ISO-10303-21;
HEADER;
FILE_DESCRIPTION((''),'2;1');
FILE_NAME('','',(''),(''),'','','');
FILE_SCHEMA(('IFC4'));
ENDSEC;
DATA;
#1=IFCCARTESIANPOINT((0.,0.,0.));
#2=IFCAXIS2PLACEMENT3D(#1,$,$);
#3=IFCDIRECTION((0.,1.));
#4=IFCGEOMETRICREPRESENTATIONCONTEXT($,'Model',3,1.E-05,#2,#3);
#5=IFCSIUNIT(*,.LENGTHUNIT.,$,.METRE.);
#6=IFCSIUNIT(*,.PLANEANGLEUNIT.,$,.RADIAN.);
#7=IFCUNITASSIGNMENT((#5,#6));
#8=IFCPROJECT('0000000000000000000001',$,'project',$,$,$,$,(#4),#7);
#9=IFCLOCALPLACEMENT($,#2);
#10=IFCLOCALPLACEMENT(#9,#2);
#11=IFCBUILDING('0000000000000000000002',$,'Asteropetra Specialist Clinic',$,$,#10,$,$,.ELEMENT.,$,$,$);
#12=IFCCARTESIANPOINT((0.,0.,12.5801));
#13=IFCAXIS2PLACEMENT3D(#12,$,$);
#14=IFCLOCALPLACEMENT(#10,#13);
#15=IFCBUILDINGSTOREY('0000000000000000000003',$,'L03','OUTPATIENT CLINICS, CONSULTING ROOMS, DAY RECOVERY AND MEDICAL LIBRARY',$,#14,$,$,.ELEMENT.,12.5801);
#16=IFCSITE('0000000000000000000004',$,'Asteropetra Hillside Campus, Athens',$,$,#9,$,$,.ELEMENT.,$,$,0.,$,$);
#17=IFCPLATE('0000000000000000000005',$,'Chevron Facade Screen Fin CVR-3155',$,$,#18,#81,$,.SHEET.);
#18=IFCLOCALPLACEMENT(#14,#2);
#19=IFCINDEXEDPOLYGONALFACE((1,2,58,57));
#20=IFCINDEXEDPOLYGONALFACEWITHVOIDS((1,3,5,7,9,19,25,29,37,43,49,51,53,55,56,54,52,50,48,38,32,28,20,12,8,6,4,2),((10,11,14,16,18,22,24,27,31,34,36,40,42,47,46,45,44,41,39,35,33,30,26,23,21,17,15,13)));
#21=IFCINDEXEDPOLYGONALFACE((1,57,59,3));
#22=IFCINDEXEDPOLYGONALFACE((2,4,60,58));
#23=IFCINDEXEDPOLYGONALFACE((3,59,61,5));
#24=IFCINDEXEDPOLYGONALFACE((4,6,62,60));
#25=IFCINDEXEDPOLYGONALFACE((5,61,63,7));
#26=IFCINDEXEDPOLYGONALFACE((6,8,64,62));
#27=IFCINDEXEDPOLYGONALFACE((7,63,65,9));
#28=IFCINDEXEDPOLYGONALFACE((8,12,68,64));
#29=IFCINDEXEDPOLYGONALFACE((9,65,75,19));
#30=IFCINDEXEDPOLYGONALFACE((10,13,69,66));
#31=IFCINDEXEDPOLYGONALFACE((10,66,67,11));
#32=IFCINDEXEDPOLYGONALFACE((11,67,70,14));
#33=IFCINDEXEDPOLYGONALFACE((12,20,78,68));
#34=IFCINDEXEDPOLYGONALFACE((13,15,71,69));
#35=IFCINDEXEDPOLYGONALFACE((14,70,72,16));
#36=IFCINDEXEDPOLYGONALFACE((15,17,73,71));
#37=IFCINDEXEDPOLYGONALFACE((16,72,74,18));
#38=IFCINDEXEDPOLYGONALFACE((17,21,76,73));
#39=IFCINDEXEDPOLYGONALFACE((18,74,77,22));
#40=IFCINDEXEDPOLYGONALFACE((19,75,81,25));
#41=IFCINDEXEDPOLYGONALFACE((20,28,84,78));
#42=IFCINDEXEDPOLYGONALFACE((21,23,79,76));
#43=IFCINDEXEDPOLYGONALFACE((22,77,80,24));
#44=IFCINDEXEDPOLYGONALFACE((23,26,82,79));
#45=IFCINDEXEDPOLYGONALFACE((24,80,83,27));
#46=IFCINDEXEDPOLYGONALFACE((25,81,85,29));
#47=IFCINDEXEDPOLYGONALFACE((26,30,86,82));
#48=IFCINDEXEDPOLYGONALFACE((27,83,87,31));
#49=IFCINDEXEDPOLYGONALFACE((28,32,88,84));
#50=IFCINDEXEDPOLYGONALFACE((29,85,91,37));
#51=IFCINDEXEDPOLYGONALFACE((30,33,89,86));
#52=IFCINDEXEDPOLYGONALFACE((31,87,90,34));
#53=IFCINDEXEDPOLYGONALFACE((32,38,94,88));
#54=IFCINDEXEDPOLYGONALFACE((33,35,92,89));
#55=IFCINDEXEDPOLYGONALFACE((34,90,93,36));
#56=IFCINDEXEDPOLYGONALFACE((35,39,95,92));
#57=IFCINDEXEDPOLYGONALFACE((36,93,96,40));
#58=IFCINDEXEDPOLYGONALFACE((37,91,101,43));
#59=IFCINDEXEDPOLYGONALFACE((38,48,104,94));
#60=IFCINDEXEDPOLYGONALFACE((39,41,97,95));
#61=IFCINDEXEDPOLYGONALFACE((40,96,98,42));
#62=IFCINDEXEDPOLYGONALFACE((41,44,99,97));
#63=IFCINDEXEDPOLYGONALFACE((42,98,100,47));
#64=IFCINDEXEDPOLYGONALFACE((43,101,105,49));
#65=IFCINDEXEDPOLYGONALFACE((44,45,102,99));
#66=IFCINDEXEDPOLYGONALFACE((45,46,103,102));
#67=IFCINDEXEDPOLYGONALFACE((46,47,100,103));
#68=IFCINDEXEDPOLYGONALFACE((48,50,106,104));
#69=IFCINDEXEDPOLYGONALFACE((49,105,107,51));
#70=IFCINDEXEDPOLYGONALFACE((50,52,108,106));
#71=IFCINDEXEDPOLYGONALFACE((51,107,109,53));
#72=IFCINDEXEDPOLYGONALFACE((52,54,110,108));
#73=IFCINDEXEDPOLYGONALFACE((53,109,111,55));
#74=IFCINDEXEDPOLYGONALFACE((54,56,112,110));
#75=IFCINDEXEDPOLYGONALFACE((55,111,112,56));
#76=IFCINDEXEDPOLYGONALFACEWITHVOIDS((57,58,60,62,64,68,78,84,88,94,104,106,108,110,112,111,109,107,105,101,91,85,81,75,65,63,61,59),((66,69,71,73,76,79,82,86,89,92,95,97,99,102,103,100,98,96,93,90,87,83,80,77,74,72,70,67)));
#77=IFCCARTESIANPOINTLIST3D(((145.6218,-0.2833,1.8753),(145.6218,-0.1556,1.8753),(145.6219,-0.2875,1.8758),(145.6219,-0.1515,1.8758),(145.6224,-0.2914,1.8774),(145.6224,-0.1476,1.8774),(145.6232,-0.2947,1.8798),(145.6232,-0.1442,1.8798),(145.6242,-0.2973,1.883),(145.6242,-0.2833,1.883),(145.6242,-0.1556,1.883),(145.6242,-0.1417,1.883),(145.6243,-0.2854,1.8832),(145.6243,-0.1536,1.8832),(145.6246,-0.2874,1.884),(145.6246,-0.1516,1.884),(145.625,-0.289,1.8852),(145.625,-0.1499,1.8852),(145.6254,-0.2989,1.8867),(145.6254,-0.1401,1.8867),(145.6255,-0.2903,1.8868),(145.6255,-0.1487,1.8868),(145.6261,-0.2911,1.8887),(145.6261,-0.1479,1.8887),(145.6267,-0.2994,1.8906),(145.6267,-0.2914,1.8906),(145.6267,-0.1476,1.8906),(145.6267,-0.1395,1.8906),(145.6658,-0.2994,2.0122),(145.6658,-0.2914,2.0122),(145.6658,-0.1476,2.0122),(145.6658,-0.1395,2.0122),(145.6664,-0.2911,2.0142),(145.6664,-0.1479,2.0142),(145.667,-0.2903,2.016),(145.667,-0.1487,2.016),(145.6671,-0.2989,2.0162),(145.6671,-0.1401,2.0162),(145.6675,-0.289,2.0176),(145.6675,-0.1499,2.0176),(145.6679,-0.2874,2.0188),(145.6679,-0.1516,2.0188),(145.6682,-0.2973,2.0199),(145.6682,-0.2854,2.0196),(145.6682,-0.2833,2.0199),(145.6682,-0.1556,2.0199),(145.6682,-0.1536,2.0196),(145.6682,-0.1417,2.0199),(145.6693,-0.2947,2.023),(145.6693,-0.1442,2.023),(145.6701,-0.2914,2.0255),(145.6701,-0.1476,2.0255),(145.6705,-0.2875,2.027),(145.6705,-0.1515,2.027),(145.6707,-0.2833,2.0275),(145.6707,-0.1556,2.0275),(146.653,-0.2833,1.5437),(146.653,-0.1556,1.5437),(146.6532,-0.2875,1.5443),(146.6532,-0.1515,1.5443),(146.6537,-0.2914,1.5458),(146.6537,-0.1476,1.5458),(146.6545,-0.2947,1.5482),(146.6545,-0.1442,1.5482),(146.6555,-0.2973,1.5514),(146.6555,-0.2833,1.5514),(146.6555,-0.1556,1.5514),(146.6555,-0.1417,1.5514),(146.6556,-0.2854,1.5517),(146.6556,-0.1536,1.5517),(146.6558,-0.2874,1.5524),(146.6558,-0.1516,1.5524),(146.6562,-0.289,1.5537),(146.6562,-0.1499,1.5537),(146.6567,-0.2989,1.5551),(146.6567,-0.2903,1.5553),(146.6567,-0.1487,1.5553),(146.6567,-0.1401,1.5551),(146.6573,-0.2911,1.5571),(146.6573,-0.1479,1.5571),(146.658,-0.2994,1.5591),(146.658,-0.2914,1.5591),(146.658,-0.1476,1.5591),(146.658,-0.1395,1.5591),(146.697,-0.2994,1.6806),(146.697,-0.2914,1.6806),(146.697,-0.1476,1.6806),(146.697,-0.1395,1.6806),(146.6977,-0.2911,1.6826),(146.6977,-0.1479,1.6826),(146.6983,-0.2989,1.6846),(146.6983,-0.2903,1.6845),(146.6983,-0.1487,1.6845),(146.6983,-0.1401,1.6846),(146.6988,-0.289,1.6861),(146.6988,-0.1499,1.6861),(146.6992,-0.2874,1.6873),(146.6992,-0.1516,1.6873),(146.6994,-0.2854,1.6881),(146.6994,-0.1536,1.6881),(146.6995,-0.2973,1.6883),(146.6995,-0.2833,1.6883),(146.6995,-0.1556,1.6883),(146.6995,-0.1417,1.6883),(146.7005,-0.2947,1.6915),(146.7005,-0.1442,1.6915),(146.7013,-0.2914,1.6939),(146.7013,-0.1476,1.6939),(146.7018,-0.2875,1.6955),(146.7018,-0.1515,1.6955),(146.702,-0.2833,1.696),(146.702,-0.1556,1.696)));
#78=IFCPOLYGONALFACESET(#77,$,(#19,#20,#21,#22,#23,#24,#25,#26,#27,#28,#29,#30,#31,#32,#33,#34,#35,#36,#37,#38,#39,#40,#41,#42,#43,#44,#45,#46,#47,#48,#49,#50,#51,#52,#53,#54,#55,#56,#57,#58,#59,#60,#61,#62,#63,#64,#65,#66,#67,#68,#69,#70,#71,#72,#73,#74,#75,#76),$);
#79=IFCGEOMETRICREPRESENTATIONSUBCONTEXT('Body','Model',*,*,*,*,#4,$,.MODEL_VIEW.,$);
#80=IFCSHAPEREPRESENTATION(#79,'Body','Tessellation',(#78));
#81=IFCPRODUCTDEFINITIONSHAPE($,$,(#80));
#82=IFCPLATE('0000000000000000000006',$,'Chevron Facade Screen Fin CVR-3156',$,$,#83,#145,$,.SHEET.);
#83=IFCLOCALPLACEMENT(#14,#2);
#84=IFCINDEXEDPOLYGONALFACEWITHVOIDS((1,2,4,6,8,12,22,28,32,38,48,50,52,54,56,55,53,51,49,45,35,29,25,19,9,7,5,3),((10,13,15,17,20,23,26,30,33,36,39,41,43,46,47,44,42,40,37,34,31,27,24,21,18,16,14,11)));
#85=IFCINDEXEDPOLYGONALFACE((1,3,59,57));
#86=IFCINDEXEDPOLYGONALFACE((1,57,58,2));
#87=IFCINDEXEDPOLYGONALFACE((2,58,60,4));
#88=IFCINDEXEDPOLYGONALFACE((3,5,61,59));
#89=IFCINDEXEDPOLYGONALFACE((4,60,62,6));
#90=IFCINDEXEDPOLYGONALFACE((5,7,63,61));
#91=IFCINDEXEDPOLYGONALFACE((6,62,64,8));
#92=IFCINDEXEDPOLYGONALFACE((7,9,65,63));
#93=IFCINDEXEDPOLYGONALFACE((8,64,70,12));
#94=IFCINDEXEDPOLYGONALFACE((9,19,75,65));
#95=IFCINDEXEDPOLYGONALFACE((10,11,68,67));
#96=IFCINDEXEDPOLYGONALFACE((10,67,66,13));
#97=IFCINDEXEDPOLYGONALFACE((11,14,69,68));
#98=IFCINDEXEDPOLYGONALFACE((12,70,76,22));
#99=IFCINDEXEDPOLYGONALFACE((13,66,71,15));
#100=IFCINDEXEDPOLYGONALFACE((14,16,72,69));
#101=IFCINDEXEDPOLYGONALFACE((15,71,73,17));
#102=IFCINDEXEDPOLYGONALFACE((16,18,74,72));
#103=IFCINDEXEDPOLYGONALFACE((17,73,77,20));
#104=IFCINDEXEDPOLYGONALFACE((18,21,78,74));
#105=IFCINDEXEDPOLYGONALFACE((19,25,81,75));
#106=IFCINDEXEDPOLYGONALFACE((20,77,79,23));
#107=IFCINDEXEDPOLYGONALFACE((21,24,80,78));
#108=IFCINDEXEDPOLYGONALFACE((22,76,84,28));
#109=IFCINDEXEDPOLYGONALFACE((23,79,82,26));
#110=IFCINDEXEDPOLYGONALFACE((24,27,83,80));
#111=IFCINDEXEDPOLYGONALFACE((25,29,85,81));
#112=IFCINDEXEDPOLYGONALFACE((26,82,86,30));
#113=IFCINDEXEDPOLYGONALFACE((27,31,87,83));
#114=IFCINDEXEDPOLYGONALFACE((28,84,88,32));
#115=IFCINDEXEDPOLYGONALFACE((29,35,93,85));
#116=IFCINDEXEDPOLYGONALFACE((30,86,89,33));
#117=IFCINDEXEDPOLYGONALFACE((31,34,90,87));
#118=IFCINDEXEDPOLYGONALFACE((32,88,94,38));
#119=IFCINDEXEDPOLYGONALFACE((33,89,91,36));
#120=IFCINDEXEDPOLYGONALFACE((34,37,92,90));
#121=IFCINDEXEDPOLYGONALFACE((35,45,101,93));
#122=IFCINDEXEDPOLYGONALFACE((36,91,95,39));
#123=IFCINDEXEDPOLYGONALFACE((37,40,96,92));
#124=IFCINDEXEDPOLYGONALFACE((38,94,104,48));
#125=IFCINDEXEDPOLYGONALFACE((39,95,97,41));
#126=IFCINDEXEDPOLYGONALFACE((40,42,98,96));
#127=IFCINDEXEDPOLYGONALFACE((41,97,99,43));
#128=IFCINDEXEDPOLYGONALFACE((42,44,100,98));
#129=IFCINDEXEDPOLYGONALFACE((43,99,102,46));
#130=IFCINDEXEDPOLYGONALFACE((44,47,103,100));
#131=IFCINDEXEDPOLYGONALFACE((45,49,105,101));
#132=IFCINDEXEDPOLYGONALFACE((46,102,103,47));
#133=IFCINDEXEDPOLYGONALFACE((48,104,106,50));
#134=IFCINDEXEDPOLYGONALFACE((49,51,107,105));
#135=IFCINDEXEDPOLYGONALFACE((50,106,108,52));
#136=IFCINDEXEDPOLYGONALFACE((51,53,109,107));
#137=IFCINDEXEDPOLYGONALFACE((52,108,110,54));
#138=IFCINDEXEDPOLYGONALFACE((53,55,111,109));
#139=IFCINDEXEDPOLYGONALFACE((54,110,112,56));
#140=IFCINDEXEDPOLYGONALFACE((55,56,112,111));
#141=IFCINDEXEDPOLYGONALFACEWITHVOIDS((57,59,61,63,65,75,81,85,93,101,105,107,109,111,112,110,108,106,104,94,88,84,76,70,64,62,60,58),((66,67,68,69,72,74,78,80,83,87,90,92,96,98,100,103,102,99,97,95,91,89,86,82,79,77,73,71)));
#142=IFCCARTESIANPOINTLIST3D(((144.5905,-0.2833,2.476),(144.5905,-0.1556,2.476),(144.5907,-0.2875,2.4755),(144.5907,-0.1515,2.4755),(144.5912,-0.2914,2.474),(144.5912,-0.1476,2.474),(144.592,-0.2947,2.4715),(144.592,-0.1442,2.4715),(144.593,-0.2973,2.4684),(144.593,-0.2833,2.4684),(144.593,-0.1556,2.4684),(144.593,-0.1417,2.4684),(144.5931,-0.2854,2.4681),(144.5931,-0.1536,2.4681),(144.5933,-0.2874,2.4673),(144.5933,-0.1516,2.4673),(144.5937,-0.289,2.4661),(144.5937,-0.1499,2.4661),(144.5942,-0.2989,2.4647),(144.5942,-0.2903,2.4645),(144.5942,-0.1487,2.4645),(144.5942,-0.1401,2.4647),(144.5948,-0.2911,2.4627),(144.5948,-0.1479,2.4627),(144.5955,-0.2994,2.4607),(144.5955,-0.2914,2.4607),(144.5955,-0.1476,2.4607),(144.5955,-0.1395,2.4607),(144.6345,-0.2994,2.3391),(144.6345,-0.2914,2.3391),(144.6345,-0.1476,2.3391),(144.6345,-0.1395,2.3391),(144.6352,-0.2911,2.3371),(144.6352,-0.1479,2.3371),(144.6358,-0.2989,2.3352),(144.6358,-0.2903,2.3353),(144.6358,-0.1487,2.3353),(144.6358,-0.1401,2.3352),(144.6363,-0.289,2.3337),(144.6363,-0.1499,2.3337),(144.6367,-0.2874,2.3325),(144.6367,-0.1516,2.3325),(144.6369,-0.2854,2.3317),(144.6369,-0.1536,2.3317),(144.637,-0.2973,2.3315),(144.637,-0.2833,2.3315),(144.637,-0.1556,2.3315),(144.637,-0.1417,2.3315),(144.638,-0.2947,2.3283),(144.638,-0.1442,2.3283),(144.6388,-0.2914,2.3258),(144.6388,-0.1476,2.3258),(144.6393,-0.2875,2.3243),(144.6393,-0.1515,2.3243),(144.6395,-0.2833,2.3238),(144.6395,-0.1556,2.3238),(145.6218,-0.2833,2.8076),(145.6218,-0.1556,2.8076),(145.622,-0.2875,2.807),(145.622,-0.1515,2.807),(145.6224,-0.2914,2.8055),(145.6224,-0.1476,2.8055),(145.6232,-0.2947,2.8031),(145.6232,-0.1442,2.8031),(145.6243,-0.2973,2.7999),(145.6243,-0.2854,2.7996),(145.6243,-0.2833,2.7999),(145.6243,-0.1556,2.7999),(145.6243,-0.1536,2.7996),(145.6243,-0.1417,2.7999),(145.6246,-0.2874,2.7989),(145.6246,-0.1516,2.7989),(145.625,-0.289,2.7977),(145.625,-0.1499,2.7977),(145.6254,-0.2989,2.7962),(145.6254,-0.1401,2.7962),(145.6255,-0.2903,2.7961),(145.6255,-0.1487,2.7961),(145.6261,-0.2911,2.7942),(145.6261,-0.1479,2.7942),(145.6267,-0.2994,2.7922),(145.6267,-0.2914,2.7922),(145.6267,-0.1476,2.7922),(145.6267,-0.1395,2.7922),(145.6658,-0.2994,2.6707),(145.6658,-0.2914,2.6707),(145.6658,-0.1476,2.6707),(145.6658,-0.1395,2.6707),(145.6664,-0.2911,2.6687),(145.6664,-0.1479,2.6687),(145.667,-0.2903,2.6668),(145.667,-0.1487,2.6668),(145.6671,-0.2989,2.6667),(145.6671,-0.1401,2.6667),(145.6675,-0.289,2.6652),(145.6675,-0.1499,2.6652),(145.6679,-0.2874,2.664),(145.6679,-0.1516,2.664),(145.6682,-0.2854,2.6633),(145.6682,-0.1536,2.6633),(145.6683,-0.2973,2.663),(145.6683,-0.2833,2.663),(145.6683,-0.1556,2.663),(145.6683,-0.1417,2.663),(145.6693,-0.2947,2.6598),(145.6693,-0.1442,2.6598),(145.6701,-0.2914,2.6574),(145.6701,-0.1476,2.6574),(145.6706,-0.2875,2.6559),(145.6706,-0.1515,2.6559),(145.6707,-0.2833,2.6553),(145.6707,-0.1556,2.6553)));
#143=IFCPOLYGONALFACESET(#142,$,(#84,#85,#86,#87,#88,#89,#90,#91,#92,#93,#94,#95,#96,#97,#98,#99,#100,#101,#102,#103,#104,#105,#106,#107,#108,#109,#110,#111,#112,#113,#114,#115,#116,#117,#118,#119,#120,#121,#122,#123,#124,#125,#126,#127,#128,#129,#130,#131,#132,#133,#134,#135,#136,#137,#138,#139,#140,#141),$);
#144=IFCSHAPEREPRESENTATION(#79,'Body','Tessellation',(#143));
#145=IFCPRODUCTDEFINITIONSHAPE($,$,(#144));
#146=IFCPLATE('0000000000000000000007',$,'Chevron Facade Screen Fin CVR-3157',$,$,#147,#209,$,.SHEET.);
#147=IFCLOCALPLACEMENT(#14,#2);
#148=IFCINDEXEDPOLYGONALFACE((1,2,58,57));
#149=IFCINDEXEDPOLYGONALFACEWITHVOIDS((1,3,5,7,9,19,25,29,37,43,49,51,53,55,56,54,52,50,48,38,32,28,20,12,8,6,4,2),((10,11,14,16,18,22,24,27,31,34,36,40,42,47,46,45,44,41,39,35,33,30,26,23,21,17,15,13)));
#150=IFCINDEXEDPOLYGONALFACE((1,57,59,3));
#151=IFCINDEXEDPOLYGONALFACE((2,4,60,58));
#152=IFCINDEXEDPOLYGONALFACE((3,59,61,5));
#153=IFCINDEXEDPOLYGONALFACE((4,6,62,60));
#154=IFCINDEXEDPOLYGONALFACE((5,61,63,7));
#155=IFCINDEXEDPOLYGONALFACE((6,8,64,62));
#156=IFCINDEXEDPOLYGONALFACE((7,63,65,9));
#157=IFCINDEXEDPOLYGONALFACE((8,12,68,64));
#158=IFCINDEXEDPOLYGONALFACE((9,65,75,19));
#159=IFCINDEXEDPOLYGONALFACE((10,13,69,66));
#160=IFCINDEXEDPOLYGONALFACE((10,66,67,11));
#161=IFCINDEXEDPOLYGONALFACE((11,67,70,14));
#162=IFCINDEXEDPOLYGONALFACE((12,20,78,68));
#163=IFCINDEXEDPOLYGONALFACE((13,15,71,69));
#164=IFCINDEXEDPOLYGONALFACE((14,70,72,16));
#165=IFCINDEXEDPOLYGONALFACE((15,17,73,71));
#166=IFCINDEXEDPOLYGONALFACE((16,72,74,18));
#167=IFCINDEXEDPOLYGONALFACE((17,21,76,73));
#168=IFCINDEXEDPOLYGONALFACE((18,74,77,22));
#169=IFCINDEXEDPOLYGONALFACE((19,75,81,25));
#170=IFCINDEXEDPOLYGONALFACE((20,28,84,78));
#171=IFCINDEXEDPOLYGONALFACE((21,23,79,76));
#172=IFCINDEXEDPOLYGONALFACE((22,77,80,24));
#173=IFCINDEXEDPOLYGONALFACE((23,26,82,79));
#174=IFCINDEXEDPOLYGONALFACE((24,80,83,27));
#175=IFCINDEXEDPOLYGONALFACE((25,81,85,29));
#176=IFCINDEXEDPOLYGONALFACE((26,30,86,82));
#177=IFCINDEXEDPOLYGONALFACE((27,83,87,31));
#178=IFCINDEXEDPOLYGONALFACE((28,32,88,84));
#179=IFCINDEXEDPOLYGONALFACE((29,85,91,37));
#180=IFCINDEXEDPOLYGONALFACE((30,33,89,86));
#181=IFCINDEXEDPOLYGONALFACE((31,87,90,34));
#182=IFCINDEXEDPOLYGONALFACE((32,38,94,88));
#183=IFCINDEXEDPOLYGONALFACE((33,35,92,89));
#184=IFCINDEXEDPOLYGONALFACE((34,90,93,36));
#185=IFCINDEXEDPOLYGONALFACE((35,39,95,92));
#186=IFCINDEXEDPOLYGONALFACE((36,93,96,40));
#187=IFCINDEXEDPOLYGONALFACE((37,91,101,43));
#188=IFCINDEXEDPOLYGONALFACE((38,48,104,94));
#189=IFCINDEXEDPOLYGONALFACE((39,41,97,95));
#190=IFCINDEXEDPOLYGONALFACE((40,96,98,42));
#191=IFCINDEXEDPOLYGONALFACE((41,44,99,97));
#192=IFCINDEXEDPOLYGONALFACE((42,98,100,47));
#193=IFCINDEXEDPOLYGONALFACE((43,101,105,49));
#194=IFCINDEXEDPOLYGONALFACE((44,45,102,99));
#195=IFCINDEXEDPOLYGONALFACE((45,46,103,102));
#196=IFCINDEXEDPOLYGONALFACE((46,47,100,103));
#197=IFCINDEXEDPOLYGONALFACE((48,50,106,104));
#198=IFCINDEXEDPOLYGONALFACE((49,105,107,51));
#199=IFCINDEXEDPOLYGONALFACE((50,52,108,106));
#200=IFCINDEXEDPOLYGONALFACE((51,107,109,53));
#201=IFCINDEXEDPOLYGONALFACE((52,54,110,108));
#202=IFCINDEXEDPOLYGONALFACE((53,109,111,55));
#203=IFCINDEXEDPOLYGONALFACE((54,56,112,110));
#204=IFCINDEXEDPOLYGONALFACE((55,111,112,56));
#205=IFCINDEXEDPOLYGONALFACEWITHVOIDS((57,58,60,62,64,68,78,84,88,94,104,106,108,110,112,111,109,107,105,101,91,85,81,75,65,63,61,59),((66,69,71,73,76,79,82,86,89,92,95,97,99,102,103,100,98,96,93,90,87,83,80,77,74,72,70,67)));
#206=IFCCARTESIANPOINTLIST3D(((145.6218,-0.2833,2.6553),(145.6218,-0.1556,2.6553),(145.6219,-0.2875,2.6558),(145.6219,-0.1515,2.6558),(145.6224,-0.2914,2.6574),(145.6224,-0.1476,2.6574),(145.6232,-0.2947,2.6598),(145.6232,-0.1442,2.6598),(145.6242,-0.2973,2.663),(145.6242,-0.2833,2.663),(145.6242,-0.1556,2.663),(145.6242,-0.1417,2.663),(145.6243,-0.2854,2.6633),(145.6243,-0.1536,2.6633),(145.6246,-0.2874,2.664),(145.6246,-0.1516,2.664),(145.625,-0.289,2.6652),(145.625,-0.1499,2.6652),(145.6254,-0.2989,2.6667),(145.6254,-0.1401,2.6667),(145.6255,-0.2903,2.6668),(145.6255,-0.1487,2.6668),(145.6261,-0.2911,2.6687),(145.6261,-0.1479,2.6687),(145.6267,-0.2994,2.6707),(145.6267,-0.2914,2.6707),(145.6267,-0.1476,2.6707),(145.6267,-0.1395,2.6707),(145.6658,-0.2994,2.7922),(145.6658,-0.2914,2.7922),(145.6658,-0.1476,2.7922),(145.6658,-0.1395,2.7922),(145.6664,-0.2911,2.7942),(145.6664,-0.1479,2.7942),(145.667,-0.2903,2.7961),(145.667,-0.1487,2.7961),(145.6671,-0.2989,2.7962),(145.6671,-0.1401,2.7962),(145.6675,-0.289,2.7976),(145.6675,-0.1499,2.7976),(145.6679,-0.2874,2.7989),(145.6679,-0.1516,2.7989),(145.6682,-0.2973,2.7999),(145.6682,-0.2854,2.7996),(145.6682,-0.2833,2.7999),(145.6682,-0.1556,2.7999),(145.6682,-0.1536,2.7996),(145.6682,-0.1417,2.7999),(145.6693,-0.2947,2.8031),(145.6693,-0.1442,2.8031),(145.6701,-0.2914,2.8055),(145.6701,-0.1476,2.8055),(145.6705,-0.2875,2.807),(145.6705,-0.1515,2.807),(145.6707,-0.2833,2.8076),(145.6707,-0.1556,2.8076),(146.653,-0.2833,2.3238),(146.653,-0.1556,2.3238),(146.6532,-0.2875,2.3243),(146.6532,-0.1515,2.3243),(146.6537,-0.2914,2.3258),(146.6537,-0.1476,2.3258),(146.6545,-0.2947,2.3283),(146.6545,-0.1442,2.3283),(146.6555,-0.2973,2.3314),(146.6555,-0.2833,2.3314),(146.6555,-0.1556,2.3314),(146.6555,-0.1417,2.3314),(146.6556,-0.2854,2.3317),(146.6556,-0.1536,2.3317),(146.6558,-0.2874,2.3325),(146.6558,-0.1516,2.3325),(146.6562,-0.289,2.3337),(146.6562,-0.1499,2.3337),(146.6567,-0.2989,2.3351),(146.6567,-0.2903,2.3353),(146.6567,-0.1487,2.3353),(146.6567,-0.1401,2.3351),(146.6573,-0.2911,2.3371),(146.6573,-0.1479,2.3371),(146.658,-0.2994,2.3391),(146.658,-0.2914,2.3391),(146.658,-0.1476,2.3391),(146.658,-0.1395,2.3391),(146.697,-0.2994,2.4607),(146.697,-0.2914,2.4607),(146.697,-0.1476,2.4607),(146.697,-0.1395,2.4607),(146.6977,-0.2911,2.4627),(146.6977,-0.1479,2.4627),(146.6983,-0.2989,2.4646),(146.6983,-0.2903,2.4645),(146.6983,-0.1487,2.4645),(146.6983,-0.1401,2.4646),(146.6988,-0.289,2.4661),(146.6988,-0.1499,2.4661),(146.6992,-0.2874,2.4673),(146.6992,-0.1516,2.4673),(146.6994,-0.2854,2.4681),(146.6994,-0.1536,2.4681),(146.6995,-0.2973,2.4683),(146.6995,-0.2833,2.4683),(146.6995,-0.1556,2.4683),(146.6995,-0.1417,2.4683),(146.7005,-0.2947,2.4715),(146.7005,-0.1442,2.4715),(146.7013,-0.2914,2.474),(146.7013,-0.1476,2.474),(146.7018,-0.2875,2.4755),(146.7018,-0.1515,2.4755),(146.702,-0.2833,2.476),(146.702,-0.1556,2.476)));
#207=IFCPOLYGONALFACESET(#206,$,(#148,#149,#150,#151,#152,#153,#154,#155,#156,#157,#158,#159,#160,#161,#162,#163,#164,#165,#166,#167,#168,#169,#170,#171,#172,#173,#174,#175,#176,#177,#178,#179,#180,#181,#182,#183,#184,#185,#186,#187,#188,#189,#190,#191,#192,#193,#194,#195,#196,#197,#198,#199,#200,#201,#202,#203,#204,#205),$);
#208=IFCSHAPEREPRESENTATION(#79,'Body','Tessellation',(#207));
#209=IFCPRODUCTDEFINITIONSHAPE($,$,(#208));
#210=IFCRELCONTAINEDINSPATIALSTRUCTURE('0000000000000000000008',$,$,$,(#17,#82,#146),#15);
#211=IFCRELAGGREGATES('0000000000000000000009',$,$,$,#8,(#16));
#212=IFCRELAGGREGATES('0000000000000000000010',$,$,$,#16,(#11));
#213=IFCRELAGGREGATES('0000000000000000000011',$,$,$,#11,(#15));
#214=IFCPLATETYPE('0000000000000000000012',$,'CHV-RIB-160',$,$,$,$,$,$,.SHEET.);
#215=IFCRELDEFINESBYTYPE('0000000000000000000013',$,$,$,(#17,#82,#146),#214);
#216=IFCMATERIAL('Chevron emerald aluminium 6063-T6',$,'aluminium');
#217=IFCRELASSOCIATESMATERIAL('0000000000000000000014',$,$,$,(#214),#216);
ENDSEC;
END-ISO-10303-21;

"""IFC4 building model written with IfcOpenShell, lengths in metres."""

from ifc_helpers import new_model, si_unit, direction, frame, origin, origin_2d, place, context, subcontext, project, spatial, hollow_rectangle, extrude, material, material_profile, profile_set, type_object, element, save


model = new_model("IFC4")

# Units and contexts
model_context = context("Model", 3, precision=1e-05, world=origin(), true_north=direction((0.0, 1.0)))
body_context = subcontext(model_context, "Body", "Model", "MODEL_VIEW")
ifc_project = project(units=[si_unit("LENGTHUNIT", "METRE"), si_unit("PLANEANGLEUNIT", "RADIAN")], contexts=[model_context])

# Site, building, storey
site_placement = place(None, origin())
site = spatial("IfcSite", under=ifc_project, at=site_placement, Name="Asteropetra Hillside Campus, Athens", CompositionType="ELEMENT", RefElevation=0.0)
building_placement = place(site_placement, origin())
building = spatial("IfcBuilding", under=site, at=building_placement, Name="Asteropetra Specialist Clinic", CompositionType="ELEMENT")
storey_placement = place(building_placement, frame((0.0, 0.0, 12.5801)))
storey = spatial("IfcBuildingStorey", under=building, at=storey_placement, Name="L03", Description="OUTPATIENT CLINICS, CONSULTING ROOMS, DAY RECOVERY AND MEDICAL LIBRARY", CompositionType="ELEMENT", Elevation=12.5801)

# Plates
ifc_material_1 = material(Name="Chevron emerald aluminium 6063-T6", Category="aluminium")
ifc_material_profile_1 = material_profile(ifc_material_1, hollow_rectangle(XDim=0.1599, YDim=0.1599, WallThickness=0.0081, InnerFilletRadius=0.0081, OuterFilletRadius=0.0161, at=origin_2d()), Name="SHS 160x160x8.0")
ifc_profile_set_1 = profile_set([ifc_material_profile_1], Name="Chevron emerald aluminium 6063-T6")
plate_type_1 = type_object("IfcPlateType", Name="CHV-RIB-160", PredefinedType="SHEET", material=ifc_profile_set_1)
for number, where, z_axis, x_axis, name in (
    (1, (145.6462, -0.2195, 1.9514), (0.95201, 0.0, -0.306068), (0.0, 1.0, 0.0), "Chevron Facade Screen Fin CVR-3155"),
    (2, (144.615, -0.2195, 2.3999), (0.95201, 0.0, 0.306068), (0.0, 1.0, 0.0), "Chevron Facade Screen Fin CVR-3156"),
    (3, (145.6462, -0.2195, 2.7314), (0.95201, 0.0, -0.306068), (0.0, 1.0, 0.0), "Chevron Facade Screen Fin CVR-3157"),
):
    element("IfcPlate", number, at=place(storey_placement, frame(where, z_axis=z_axis, x_axis=x_axis)), inside=storey, type_object=plate_type_1, Name=name, PredefinedType="SHEET", context=body_context, shape_type="SweptSolid", body=[
        extrude(hollow_rectangle(XDim=0.1599, YDim=0.1599, WallThickness=0.0081, InnerFilletRadius=0.0081, OuterFilletRadius=0.0161, at=origin_2d()), origin(), (0.0, 0.0, 1.0), 1.0833),
    ])

save(model, "model.ifc")
